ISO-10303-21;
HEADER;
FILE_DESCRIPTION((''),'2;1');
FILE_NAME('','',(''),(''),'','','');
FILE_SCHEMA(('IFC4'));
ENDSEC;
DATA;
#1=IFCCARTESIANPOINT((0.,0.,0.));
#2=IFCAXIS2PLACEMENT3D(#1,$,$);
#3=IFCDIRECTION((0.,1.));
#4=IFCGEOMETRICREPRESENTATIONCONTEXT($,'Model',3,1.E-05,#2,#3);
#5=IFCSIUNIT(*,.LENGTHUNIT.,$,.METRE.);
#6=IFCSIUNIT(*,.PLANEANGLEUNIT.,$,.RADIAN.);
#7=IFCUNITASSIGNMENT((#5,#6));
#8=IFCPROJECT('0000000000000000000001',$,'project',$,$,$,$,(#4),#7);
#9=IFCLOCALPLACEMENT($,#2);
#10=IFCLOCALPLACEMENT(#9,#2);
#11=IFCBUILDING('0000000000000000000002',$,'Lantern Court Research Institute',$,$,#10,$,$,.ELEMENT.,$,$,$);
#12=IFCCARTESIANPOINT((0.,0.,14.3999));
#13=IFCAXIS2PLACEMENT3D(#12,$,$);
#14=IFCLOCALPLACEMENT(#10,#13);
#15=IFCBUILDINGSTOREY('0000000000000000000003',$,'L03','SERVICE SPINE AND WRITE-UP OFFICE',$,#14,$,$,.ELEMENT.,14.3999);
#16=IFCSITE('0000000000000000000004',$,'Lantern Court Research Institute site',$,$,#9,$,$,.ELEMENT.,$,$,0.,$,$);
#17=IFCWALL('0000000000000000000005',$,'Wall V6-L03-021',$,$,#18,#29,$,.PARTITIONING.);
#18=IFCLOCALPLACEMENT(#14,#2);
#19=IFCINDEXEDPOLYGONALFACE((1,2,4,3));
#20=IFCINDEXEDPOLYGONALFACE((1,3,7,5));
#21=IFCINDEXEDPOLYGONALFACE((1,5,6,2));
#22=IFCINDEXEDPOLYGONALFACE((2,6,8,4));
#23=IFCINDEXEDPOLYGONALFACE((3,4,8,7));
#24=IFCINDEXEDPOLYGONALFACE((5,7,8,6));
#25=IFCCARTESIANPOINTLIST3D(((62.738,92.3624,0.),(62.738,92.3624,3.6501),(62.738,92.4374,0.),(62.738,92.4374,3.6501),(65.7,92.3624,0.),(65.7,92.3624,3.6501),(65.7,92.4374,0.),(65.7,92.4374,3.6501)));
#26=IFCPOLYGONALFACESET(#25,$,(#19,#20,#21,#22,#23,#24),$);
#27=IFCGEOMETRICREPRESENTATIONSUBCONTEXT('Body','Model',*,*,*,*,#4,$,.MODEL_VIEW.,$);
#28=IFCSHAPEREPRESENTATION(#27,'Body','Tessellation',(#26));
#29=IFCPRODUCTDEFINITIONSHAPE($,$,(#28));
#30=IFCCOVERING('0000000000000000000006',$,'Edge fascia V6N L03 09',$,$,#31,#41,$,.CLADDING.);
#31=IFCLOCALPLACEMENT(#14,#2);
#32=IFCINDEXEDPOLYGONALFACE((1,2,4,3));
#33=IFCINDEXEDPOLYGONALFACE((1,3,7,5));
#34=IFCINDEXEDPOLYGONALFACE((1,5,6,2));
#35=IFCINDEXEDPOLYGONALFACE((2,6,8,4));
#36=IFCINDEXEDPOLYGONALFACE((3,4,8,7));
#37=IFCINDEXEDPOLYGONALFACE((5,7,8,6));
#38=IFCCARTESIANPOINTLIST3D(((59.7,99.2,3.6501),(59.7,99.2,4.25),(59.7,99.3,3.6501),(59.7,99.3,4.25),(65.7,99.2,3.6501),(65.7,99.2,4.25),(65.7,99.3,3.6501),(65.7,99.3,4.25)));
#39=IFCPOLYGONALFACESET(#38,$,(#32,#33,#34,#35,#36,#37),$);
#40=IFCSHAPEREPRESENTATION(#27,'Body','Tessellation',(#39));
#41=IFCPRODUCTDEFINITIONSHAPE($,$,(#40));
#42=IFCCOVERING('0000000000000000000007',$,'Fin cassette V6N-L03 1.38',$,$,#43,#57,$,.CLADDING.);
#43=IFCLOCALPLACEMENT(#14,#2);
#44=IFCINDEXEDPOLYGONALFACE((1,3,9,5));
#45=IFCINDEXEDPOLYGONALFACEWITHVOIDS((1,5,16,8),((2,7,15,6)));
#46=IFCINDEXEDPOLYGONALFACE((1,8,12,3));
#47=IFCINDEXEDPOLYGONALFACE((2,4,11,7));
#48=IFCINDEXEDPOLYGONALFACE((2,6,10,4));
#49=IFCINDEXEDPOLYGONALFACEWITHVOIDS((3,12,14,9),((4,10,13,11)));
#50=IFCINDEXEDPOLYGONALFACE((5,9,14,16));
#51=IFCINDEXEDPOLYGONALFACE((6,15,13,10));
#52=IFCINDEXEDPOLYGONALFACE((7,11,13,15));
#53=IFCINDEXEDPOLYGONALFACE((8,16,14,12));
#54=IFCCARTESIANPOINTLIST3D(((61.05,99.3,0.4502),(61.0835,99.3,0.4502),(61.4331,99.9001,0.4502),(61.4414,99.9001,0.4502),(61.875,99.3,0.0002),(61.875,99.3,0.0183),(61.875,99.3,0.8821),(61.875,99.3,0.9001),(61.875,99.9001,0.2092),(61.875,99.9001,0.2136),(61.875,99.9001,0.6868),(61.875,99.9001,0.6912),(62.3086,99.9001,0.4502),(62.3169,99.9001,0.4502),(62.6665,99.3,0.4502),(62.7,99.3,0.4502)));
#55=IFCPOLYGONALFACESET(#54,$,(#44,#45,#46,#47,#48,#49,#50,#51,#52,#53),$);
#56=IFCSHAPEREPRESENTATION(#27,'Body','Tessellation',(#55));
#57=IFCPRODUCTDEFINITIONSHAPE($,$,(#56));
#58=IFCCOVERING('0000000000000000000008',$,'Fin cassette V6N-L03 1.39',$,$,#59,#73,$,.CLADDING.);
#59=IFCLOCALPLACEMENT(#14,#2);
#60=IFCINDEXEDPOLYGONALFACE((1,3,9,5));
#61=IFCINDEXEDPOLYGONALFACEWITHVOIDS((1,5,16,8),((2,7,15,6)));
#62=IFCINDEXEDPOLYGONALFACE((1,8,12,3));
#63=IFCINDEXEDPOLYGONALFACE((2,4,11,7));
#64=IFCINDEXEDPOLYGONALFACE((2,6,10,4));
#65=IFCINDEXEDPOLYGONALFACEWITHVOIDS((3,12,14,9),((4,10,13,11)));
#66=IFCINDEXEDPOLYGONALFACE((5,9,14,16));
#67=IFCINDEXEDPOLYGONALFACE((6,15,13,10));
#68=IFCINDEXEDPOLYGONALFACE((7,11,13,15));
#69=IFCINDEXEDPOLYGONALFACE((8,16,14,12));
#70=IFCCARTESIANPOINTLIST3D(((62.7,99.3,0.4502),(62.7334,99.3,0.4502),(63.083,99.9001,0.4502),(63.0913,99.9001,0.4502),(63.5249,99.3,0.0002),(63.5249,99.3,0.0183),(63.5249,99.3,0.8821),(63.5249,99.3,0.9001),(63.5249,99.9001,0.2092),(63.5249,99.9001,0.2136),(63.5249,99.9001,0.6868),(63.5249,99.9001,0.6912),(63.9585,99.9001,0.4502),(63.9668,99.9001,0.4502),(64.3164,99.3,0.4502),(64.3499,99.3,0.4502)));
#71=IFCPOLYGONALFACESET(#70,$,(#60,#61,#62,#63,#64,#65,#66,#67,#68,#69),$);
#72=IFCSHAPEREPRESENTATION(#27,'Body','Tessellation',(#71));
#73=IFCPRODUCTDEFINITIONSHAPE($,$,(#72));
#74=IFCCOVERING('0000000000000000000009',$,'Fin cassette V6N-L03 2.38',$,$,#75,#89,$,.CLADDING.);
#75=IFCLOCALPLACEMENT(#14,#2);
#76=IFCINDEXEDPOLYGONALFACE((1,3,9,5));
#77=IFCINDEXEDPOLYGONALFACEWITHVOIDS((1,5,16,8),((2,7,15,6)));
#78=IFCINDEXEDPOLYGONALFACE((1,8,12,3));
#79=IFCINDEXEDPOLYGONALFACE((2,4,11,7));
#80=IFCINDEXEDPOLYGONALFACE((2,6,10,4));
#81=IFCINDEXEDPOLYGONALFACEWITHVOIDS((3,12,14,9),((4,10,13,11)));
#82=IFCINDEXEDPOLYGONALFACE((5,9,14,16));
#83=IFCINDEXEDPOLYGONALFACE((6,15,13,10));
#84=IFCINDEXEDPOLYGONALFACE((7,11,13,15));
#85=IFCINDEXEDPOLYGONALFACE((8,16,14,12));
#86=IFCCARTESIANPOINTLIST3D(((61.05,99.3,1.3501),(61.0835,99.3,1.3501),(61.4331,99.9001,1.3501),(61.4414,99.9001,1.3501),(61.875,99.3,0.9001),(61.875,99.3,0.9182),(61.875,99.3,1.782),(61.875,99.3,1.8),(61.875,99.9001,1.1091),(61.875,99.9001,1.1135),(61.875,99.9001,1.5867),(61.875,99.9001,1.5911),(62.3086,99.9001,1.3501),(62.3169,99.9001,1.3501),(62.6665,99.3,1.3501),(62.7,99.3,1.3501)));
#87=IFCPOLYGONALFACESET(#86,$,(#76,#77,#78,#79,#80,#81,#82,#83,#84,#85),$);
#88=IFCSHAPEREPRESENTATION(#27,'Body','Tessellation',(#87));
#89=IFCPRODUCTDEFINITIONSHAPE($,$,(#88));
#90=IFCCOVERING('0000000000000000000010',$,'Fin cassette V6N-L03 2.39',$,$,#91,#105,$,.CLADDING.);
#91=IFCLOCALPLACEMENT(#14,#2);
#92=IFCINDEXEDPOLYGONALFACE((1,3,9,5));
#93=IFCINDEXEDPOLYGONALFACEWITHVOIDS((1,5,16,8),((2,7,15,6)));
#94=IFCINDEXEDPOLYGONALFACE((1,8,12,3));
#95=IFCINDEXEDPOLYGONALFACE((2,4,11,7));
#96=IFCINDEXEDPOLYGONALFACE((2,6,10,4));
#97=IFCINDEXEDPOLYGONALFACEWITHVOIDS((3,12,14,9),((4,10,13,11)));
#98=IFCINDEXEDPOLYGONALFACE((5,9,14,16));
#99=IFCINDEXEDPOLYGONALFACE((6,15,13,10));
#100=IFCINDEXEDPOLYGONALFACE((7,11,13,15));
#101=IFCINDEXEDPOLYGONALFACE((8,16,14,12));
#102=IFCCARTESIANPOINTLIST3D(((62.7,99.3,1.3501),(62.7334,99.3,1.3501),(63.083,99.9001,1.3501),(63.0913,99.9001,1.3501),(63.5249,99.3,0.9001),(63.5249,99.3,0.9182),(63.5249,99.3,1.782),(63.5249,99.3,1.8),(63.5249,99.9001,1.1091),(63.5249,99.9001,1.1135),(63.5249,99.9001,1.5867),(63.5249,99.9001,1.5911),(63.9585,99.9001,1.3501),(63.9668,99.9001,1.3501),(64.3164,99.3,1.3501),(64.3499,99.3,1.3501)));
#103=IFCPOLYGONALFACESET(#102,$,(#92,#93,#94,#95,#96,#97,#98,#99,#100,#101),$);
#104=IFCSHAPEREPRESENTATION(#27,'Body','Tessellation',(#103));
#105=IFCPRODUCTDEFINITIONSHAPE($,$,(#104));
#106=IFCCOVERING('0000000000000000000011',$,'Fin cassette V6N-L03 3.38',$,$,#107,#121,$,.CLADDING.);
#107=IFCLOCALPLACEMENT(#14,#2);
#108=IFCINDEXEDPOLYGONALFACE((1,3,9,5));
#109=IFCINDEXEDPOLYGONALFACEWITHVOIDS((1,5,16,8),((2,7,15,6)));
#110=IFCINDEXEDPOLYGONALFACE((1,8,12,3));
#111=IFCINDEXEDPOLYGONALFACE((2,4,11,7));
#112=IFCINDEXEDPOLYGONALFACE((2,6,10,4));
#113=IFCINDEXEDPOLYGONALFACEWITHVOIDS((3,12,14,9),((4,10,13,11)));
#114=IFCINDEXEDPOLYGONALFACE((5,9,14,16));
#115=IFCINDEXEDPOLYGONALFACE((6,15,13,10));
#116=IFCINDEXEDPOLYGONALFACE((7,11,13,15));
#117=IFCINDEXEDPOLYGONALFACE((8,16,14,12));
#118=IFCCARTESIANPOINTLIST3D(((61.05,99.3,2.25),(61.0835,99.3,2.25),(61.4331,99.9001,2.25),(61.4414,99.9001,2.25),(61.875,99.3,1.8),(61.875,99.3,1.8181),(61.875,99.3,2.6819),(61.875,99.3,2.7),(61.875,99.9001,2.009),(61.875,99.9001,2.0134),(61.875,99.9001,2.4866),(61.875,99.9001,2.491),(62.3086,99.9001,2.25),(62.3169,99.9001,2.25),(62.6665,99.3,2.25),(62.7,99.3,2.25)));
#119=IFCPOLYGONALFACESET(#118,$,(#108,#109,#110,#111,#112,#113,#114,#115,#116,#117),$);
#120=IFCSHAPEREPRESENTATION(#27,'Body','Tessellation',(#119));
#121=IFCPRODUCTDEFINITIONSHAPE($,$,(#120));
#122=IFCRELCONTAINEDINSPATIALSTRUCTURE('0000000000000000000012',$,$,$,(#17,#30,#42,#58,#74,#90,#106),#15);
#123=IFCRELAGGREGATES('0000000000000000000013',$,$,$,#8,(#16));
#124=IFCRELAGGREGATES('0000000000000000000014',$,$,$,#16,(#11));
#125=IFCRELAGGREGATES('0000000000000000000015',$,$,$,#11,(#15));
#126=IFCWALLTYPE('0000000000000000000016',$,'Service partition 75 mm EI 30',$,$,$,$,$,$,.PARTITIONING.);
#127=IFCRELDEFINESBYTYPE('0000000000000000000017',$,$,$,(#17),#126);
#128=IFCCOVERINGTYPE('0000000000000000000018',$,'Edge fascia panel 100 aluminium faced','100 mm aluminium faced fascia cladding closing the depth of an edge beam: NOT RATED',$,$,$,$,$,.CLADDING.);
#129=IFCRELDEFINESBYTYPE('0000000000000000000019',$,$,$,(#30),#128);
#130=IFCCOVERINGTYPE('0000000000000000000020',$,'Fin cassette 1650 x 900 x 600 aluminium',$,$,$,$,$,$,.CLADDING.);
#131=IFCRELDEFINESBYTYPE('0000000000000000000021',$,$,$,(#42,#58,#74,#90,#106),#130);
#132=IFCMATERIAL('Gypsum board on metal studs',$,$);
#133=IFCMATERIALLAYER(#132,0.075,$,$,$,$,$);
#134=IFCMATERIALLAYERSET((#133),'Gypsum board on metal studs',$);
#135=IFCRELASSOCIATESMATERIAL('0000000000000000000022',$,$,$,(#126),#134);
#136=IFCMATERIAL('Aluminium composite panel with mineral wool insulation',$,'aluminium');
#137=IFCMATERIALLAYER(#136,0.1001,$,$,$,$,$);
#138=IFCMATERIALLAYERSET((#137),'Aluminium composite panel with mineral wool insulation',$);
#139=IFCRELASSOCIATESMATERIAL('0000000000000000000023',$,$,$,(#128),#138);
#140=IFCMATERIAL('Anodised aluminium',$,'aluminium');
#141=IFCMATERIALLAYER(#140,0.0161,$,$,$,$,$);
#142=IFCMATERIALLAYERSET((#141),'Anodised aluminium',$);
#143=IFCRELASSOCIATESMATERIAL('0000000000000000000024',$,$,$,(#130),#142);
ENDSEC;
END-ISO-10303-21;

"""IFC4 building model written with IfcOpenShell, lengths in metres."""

from ifc_helpers import new_model, entity, si_unit, direction, frame, frame_2d, origin, place, context, subcontext, project, spatial, rectangle, extrude, material, layer, layer_set, type_object, element, save


model = new_model("IFC4")

# Units and contexts
model_context = context("Model", 3, precision=1e-05, world=origin(), true_north=direction((0.0, 1.0)))
body_context = subcontext(model_context, "Body", "Model", "MODEL_VIEW")
ifc_project = project(units=[si_unit("LENGTHUNIT", "METRE"), si_unit("PLANEANGLEUNIT", "RADIAN")], contexts=[model_context])

# Site, building, storey
site_placement = place(None, origin())
site = spatial("IfcSite", under=ifc_project, at=site_placement, Name="Lantern Court Research Institute site", CompositionType="ELEMENT", RefElevation=0.0)
building_placement = place(site_placement, origin())
building = spatial("IfcBuilding", under=site, at=building_placement, Name="Lantern Court Research Institute", CompositionType="ELEMENT")
storey_placement = place(building_placement, frame((0.0, 0.0, 14.3999)))
storey = spatial("IfcBuildingStorey", under=building, at=storey_placement, Name="L03", Description="SERVICE SPINE AND WRITE-UP OFFICE", CompositionType="ELEMENT", Elevation=14.3999)

# Wall
ifc_material_1 = material(Name="Gypsum board on metal studs")
ifc_layer_1 = layer(ifc_material_1, 0.075)
ifc_layer_set_1 = layer_set([ifc_layer_1], Name="Gypsum board on metal studs")
wall_type_1 = type_object("IfcWallType", Name="Service partition 75 mm EI 30", PredefinedType="PARTITIONING", material=ifc_layer_set_1)
wall_1_placement = place(storey_placement, frame((62.738, 92.3999, 0.0), z_axis=(0.0, 0.0, 1.0), x_axis=(1.0, 0.0, 0.0)))
element("IfcWall", 1, at=wall_1_placement, inside=storey, type_object=wall_type_1, Name="Wall V6-L03-021", PredefinedType="PARTITIONING", context=body_context, shape_type="SweptSolid", body=[
    extrude(rectangle(XDim=2.9619, YDim=0.075, at=frame_2d((1.481, 0.0))), origin(), (0.0, 0.0, 1.0), 3.6501),
])

# Coverings
ifc_material_2 = material(Name="Aluminium composite panel with mineral wool insulation", Category="aluminium")
ifc_layer_2 = layer(ifc_material_2, 0.1001)
ifc_layer_set_2 = layer_set([ifc_layer_2], Name="Aluminium composite panel with mineral wool insulation")
covering_type_1 = type_object("IfcCoveringType", Name="Edge fascia panel 100 aluminium faced", Description="100 mm aluminium faced fascia cladding closing the depth of an edge beam: NOT RATED", PredefinedType="CLADDING", material=ifc_layer_set_2)
covering_1_placement = place(storey_placement, frame((59.7, 99.25, 3.6501), z_axis=(0.0, 0.0, 1.0), x_axis=(1.0, 0.0, 0.0)))
element("IfcCovering", 2, at=covering_1_placement, inside=storey, type_object=covering_type_1, Name="Edge fascia V6N L03 09", PredefinedType="CLADDING", context=body_context, shape_type="SweptSolid", body=[
    extrude(rectangle(XDim=6.0, YDim=0.1001, at=frame_2d((3.0, 0.0))), origin(), (0.0, 0.0, 1.0), 0.5999),
])
ifc_material_3 = material(Name="Anodised aluminium", Category="aluminium")
ifc_layer_3 = layer(ifc_material_3, 0.0161)
ifc_layer_set_3 = layer_set([ifc_layer_3], Name="Anodised aluminium")
covering_type_2 = type_object("IfcCoveringType", Name="Fin cassette 1650 x 900 x 600 aluminium", PredefinedType="CLADDING", material=ifc_layer_set_3)
covering_2_placement = place(storey_placement, frame((61.875, 99.3, 0.4502), z_axis=(0.0, 1.0, 0.0), x_axis=(-1.0, 0.0, 0.0)))
cartesian_point_1 = entity("IfcCartesianPoint", [0.825, 0.0])
cartesian_point_2 = entity("IfcCartesianPoint", [0.7915, 0.0])
cartesian_point_3 = entity("IfcCartesianPoint", [0.4419, 0.0])
cartesian_point_4 = entity("IfcCartesianPoint", [0.4336, 0.0])
element("IfcCovering", 3, at=covering_2_placement, inside=storey, type_object=covering_type_2, Name="Fin cassette V6N-L03 1.38", PredefinedType="CLADDING", context=body_context, shape_type="SweptSolid", body=[
    entity("IfcExtrudedAreaSolidTapered", entity("IfcArbitraryProfileDefWithVoids", "AREA", None, entity("IfcPolyline", [cartesian_point_1, entity("IfcCartesianPoint", [0.0, 0.45]), entity("IfcCartesianPoint", [-0.825, 0.0]), entity("IfcCartesianPoint", [0.0, -0.45]), cartesian_point_1]), [entity("IfcPolyline", [cartesian_point_2, entity("IfcCartesianPoint", [0.0, 0.4319]), entity("IfcCartesianPoint", [-0.7915, 0.0]), entity("IfcCartesianPoint", [0.0, -0.4319]), cartesian_point_2])]), entity("IfcAxis2Placement3D", entity("IfcCartesianPoint", [0.0, 0.0, 0.0])), entity("IfcDirection", [0.0, 0.0, 1.0]), 0.6001, entity("IfcArbitraryProfileDefWithVoids", "AREA", None, entity("IfcPolyline", [cartesian_point_3, entity("IfcCartesianPoint", [0.0, 0.241]), entity("IfcCartesianPoint", [-0.4419, 0.0]), entity("IfcCartesianPoint", [0.0, -0.241]), cartesian_point_3]), [entity("IfcPolyline", [cartesian_point_4, entity("IfcCartesianPoint", [0.0, 0.2366]), entity("IfcCartesianPoint", [-0.4336, 0.0]), entity("IfcCartesianPoint", [0.0, -0.2366]), cartesian_point_4])])),
])
covering_3_placement = place(storey_placement, frame((63.5249, 99.3, 0.4502), z_axis=(0.0, 1.0, 0.0), x_axis=(-1.0, 0.0, 0.0)))
cartesian_point_5 = entity("IfcCartesianPoint", [0.825, 0.0])
cartesian_point_6 = entity("IfcCartesianPoint", [0.7915, 0.0])
cartesian_point_7 = entity("IfcCartesianPoint", [0.4419, 0.0])
cartesian_point_8 = entity("IfcCartesianPoint", [0.4336, 0.0])
element("IfcCovering", 4, at=covering_3_placement, inside=storey, type_object=covering_type_2, Name="Fin cassette V6N-L03 1.39", PredefinedType="CLADDING", context=body_context, shape_type="SweptSolid", body=[
    entity("IfcExtrudedAreaSolidTapered", entity("IfcArbitraryProfileDefWithVoids", "AREA", None, entity("IfcPolyline", [cartesian_point_5, entity("IfcCartesianPoint", [0.0, 0.45]), entity("IfcCartesianPoint", [-0.825, 0.0]), entity("IfcCartesianPoint", [0.0, -0.45]), cartesian_point_5]), [entity("IfcPolyline", [cartesian_point_6, entity("IfcCartesianPoint", [0.0, 0.4319]), entity("IfcCartesianPoint", [-0.7915, 0.0]), entity("IfcCartesianPoint", [0.0, -0.4319]), cartesian_point_6])]), entity("IfcAxis2Placement3D", entity("IfcCartesianPoint", [0.0, 0.0, 0.0])), entity("IfcDirection", [0.0, 0.0, 1.0]), 0.6001, entity("IfcArbitraryProfileDefWithVoids", "AREA", None, entity("IfcPolyline", [cartesian_point_7, entity("IfcCartesianPoint", [0.0, 0.241]), entity("IfcCartesianPoint", [-0.4419, 0.0]), entity("IfcCartesianPoint", [0.0, -0.241]), cartesian_point_7]), [entity("IfcPolyline", [cartesian_point_8, entity("IfcCartesianPoint", [0.0, 0.2366]), entity("IfcCartesianPoint", [-0.4336, 0.0]), entity("IfcCartesianPoint", [0.0, -0.2366]), cartesian_point_8])])),
])
covering_4_placement = place(storey_placement, frame((61.875, 99.3, 1.3501), z_axis=(0.0, 1.0, 0.0), x_axis=(-1.0, 0.0, 0.0)))
cartesian_point_9 = entity("IfcCartesianPoint", [0.825, 0.0])
cartesian_point_10 = entity("IfcCartesianPoint", [0.7915, 0.0])
cartesian_point_11 = entity("IfcCartesianPoint", [0.4419, 0.0])
cartesian_point_12 = entity("IfcCartesianPoint", [0.4336, 0.0])
element("IfcCovering", 5, at=covering_4_placement, inside=storey, type_object=covering_type_2, Name="Fin cassette V6N-L03 2.38", PredefinedType="CLADDING", context=body_context, shape_type="SweptSolid", body=[
    entity("IfcExtrudedAreaSolidTapered", entity("IfcArbitraryProfileDefWithVoids", "AREA", None, entity("IfcPolyline", [cartesian_point_9, entity("IfcCartesianPoint", [0.0, 0.45]), entity("IfcCartesianPoint", [-0.825, 0.0]), entity("IfcCartesianPoint", [0.0, -0.45]), cartesian_point_9]), [entity("IfcPolyline", [cartesian_point_10, entity("IfcCartesianPoint", [0.0, 0.4319]), entity("IfcCartesianPoint", [-0.7915, 0.0]), entity("IfcCartesianPoint", [0.0, -0.4319]), cartesian_point_10])]), entity("IfcAxis2Placement3D", entity("IfcCartesianPoint", [0.0, 0.0, 0.0])), entity("IfcDirection", [0.0, 0.0, 1.0]), 0.6001, entity("IfcArbitraryProfileDefWithVoids", "AREA", None, entity("IfcPolyline", [cartesian_point_11, entity("IfcCartesianPoint", [0.0, 0.241]), entity("IfcCartesianPoint", [-0.4419, 0.0]), entity("IfcCartesianPoint", [0.0, -0.241]), cartesian_point_11]), [entity("IfcPolyline", [cartesian_point_12, entity("IfcCartesianPoint", [0.0, 0.2366]), entity("IfcCartesianPoint", [-0.4336, 0.0]), entity("IfcCartesianPoint", [0.0, -0.2366]), cartesian_point_12])])),
])
covering_5_placement = place(storey_placement, frame((63.5249, 99.3, 1.3501), z_axis=(0.0, 1.0, 0.0), x_axis=(-1.0, 0.0, 0.0)))
cartesian_point_13 = entity("IfcCartesianPoint", [0.825, 0.0])
cartesian_point_14 = entity("IfcCartesianPoint", [0.7915, 0.0])
cartesian_point_15 = entity("IfcCartesianPoint", [0.4419, 0.0])
cartesian_point_16 = entity("IfcCartesianPoint", [0.4336, 0.0])
element("IfcCovering", 6, at=covering_5_placement, inside=storey, type_object=covering_type_2, Name="Fin cassette V6N-L03 2.39", PredefinedType="CLADDING", context=body_context, shape_type="SweptSolid", body=[
    entity("IfcExtrudedAreaSolidTapered", entity("IfcArbitraryProfileDefWithVoids", "AREA", None, entity("IfcPolyline", [cartesian_point_13, entity("IfcCartesianPoint", [0.0, 0.45]), entity("IfcCartesianPoint", [-0.825, 0.0]), entity("IfcCartesianPoint", [0.0, -0.45]), cartesian_point_13]), [entity("IfcPolyline", [cartesian_point_14, entity("IfcCartesianPoint", [0.0, 0.4319]), entity("IfcCartesianPoint", [-0.7915, 0.0]), entity("IfcCartesianPoint", [0.0, -0.4319]), cartesian_point_14])]), entity("IfcAxis2Placement3D", entity("IfcCartesianPoint", [0.0, 0.0, 0.0])), entity("IfcDirection", [0.0, 0.0, 1.0]), 0.6001, entity("IfcArbitraryProfileDefWithVoids", "AREA", None, entity("IfcPolyline", [cartesian_point_15, entity("IfcCartesianPoint", [0.0, 0.241]), entity("IfcCartesianPoint", [-0.4419, 0.0]), entity("IfcCartesianPoint", [0.0, -0.241]), cartesian_point_15]), [entity("IfcPolyline", [cartesian_point_16, entity("IfcCartesianPoint", [0.0, 0.2366]), entity("IfcCartesianPoint", [-0.4336, 0.0]), entity("IfcCartesianPoint", [0.0, -0.2366]), cartesian_point_16])])),
])
covering_6_placement = place(storey_placement, frame((61.875, 99.3, 2.25), z_axis=(0.0, 1.0, 0.0), x_axis=(-1.0, 0.0, 0.0)))
cartesian_point_17 = entity("IfcCartesianPoint", [0.825, 0.0])
cartesian_point_18 = entity("IfcCartesianPoint", [0.7915, 0.0])
cartesian_point_19 = entity("IfcCartesianPoint", [0.4419, 0.0])
cartesian_point_20 = entity("IfcCartesianPoint", [0.4336, 0.0])
element("IfcCovering", 7, at=covering_6_placement, inside=storey, type_object=covering_type_2, Name="Fin cassette V6N-L03 3.38", PredefinedType="CLADDING", context=body_context, shape_type="SweptSolid", body=[
    entity("IfcExtrudedAreaSolidTapered", entity("IfcArbitraryProfileDefWithVoids", "AREA", None, entity("IfcPolyline", [cartesian_point_17, entity("IfcCartesianPoint", [0.0, 0.45]), entity("IfcCartesianPoint", [-0.825, 0.0]), entity("IfcCartesianPoint", [0.0, -0.45]), cartesian_point_17]), [entity("IfcPolyline", [cartesian_point_18, entity("IfcCartesianPoint", [0.0, 0.4319]), entity("IfcCartesianPoint", [-0.7915, 0.0]), entity("IfcCartesianPoint", [0.0, -0.4319]), cartesian_point_18])]), entity("IfcAxis2Placement3D", entity("IfcCartesianPoint", [0.0, 0.0, 0.0])), entity("IfcDirection", [0.0, 0.0, 1.0]), 0.6001, entity("IfcArbitraryProfileDefWithVoids", "AREA", None, entity("IfcPolyline", [cartesian_point_19, entity("IfcCartesianPoint", [0.0, 0.241]), entity("IfcCartesianPoint", [-0.4419, 0.0]), entity("IfcCartesianPoint", [0.0, -0.241]), cartesian_point_19]), [entity("IfcPolyline", [cartesian_point_20, entity("IfcCartesianPoint", [0.0, 0.2366]), entity("IfcCartesianPoint", [-0.4336, 0.0]), entity("IfcCartesianPoint", [0.0, -0.2366]), cartesian_point_20])])),
])

save(model, "model.ifc")
